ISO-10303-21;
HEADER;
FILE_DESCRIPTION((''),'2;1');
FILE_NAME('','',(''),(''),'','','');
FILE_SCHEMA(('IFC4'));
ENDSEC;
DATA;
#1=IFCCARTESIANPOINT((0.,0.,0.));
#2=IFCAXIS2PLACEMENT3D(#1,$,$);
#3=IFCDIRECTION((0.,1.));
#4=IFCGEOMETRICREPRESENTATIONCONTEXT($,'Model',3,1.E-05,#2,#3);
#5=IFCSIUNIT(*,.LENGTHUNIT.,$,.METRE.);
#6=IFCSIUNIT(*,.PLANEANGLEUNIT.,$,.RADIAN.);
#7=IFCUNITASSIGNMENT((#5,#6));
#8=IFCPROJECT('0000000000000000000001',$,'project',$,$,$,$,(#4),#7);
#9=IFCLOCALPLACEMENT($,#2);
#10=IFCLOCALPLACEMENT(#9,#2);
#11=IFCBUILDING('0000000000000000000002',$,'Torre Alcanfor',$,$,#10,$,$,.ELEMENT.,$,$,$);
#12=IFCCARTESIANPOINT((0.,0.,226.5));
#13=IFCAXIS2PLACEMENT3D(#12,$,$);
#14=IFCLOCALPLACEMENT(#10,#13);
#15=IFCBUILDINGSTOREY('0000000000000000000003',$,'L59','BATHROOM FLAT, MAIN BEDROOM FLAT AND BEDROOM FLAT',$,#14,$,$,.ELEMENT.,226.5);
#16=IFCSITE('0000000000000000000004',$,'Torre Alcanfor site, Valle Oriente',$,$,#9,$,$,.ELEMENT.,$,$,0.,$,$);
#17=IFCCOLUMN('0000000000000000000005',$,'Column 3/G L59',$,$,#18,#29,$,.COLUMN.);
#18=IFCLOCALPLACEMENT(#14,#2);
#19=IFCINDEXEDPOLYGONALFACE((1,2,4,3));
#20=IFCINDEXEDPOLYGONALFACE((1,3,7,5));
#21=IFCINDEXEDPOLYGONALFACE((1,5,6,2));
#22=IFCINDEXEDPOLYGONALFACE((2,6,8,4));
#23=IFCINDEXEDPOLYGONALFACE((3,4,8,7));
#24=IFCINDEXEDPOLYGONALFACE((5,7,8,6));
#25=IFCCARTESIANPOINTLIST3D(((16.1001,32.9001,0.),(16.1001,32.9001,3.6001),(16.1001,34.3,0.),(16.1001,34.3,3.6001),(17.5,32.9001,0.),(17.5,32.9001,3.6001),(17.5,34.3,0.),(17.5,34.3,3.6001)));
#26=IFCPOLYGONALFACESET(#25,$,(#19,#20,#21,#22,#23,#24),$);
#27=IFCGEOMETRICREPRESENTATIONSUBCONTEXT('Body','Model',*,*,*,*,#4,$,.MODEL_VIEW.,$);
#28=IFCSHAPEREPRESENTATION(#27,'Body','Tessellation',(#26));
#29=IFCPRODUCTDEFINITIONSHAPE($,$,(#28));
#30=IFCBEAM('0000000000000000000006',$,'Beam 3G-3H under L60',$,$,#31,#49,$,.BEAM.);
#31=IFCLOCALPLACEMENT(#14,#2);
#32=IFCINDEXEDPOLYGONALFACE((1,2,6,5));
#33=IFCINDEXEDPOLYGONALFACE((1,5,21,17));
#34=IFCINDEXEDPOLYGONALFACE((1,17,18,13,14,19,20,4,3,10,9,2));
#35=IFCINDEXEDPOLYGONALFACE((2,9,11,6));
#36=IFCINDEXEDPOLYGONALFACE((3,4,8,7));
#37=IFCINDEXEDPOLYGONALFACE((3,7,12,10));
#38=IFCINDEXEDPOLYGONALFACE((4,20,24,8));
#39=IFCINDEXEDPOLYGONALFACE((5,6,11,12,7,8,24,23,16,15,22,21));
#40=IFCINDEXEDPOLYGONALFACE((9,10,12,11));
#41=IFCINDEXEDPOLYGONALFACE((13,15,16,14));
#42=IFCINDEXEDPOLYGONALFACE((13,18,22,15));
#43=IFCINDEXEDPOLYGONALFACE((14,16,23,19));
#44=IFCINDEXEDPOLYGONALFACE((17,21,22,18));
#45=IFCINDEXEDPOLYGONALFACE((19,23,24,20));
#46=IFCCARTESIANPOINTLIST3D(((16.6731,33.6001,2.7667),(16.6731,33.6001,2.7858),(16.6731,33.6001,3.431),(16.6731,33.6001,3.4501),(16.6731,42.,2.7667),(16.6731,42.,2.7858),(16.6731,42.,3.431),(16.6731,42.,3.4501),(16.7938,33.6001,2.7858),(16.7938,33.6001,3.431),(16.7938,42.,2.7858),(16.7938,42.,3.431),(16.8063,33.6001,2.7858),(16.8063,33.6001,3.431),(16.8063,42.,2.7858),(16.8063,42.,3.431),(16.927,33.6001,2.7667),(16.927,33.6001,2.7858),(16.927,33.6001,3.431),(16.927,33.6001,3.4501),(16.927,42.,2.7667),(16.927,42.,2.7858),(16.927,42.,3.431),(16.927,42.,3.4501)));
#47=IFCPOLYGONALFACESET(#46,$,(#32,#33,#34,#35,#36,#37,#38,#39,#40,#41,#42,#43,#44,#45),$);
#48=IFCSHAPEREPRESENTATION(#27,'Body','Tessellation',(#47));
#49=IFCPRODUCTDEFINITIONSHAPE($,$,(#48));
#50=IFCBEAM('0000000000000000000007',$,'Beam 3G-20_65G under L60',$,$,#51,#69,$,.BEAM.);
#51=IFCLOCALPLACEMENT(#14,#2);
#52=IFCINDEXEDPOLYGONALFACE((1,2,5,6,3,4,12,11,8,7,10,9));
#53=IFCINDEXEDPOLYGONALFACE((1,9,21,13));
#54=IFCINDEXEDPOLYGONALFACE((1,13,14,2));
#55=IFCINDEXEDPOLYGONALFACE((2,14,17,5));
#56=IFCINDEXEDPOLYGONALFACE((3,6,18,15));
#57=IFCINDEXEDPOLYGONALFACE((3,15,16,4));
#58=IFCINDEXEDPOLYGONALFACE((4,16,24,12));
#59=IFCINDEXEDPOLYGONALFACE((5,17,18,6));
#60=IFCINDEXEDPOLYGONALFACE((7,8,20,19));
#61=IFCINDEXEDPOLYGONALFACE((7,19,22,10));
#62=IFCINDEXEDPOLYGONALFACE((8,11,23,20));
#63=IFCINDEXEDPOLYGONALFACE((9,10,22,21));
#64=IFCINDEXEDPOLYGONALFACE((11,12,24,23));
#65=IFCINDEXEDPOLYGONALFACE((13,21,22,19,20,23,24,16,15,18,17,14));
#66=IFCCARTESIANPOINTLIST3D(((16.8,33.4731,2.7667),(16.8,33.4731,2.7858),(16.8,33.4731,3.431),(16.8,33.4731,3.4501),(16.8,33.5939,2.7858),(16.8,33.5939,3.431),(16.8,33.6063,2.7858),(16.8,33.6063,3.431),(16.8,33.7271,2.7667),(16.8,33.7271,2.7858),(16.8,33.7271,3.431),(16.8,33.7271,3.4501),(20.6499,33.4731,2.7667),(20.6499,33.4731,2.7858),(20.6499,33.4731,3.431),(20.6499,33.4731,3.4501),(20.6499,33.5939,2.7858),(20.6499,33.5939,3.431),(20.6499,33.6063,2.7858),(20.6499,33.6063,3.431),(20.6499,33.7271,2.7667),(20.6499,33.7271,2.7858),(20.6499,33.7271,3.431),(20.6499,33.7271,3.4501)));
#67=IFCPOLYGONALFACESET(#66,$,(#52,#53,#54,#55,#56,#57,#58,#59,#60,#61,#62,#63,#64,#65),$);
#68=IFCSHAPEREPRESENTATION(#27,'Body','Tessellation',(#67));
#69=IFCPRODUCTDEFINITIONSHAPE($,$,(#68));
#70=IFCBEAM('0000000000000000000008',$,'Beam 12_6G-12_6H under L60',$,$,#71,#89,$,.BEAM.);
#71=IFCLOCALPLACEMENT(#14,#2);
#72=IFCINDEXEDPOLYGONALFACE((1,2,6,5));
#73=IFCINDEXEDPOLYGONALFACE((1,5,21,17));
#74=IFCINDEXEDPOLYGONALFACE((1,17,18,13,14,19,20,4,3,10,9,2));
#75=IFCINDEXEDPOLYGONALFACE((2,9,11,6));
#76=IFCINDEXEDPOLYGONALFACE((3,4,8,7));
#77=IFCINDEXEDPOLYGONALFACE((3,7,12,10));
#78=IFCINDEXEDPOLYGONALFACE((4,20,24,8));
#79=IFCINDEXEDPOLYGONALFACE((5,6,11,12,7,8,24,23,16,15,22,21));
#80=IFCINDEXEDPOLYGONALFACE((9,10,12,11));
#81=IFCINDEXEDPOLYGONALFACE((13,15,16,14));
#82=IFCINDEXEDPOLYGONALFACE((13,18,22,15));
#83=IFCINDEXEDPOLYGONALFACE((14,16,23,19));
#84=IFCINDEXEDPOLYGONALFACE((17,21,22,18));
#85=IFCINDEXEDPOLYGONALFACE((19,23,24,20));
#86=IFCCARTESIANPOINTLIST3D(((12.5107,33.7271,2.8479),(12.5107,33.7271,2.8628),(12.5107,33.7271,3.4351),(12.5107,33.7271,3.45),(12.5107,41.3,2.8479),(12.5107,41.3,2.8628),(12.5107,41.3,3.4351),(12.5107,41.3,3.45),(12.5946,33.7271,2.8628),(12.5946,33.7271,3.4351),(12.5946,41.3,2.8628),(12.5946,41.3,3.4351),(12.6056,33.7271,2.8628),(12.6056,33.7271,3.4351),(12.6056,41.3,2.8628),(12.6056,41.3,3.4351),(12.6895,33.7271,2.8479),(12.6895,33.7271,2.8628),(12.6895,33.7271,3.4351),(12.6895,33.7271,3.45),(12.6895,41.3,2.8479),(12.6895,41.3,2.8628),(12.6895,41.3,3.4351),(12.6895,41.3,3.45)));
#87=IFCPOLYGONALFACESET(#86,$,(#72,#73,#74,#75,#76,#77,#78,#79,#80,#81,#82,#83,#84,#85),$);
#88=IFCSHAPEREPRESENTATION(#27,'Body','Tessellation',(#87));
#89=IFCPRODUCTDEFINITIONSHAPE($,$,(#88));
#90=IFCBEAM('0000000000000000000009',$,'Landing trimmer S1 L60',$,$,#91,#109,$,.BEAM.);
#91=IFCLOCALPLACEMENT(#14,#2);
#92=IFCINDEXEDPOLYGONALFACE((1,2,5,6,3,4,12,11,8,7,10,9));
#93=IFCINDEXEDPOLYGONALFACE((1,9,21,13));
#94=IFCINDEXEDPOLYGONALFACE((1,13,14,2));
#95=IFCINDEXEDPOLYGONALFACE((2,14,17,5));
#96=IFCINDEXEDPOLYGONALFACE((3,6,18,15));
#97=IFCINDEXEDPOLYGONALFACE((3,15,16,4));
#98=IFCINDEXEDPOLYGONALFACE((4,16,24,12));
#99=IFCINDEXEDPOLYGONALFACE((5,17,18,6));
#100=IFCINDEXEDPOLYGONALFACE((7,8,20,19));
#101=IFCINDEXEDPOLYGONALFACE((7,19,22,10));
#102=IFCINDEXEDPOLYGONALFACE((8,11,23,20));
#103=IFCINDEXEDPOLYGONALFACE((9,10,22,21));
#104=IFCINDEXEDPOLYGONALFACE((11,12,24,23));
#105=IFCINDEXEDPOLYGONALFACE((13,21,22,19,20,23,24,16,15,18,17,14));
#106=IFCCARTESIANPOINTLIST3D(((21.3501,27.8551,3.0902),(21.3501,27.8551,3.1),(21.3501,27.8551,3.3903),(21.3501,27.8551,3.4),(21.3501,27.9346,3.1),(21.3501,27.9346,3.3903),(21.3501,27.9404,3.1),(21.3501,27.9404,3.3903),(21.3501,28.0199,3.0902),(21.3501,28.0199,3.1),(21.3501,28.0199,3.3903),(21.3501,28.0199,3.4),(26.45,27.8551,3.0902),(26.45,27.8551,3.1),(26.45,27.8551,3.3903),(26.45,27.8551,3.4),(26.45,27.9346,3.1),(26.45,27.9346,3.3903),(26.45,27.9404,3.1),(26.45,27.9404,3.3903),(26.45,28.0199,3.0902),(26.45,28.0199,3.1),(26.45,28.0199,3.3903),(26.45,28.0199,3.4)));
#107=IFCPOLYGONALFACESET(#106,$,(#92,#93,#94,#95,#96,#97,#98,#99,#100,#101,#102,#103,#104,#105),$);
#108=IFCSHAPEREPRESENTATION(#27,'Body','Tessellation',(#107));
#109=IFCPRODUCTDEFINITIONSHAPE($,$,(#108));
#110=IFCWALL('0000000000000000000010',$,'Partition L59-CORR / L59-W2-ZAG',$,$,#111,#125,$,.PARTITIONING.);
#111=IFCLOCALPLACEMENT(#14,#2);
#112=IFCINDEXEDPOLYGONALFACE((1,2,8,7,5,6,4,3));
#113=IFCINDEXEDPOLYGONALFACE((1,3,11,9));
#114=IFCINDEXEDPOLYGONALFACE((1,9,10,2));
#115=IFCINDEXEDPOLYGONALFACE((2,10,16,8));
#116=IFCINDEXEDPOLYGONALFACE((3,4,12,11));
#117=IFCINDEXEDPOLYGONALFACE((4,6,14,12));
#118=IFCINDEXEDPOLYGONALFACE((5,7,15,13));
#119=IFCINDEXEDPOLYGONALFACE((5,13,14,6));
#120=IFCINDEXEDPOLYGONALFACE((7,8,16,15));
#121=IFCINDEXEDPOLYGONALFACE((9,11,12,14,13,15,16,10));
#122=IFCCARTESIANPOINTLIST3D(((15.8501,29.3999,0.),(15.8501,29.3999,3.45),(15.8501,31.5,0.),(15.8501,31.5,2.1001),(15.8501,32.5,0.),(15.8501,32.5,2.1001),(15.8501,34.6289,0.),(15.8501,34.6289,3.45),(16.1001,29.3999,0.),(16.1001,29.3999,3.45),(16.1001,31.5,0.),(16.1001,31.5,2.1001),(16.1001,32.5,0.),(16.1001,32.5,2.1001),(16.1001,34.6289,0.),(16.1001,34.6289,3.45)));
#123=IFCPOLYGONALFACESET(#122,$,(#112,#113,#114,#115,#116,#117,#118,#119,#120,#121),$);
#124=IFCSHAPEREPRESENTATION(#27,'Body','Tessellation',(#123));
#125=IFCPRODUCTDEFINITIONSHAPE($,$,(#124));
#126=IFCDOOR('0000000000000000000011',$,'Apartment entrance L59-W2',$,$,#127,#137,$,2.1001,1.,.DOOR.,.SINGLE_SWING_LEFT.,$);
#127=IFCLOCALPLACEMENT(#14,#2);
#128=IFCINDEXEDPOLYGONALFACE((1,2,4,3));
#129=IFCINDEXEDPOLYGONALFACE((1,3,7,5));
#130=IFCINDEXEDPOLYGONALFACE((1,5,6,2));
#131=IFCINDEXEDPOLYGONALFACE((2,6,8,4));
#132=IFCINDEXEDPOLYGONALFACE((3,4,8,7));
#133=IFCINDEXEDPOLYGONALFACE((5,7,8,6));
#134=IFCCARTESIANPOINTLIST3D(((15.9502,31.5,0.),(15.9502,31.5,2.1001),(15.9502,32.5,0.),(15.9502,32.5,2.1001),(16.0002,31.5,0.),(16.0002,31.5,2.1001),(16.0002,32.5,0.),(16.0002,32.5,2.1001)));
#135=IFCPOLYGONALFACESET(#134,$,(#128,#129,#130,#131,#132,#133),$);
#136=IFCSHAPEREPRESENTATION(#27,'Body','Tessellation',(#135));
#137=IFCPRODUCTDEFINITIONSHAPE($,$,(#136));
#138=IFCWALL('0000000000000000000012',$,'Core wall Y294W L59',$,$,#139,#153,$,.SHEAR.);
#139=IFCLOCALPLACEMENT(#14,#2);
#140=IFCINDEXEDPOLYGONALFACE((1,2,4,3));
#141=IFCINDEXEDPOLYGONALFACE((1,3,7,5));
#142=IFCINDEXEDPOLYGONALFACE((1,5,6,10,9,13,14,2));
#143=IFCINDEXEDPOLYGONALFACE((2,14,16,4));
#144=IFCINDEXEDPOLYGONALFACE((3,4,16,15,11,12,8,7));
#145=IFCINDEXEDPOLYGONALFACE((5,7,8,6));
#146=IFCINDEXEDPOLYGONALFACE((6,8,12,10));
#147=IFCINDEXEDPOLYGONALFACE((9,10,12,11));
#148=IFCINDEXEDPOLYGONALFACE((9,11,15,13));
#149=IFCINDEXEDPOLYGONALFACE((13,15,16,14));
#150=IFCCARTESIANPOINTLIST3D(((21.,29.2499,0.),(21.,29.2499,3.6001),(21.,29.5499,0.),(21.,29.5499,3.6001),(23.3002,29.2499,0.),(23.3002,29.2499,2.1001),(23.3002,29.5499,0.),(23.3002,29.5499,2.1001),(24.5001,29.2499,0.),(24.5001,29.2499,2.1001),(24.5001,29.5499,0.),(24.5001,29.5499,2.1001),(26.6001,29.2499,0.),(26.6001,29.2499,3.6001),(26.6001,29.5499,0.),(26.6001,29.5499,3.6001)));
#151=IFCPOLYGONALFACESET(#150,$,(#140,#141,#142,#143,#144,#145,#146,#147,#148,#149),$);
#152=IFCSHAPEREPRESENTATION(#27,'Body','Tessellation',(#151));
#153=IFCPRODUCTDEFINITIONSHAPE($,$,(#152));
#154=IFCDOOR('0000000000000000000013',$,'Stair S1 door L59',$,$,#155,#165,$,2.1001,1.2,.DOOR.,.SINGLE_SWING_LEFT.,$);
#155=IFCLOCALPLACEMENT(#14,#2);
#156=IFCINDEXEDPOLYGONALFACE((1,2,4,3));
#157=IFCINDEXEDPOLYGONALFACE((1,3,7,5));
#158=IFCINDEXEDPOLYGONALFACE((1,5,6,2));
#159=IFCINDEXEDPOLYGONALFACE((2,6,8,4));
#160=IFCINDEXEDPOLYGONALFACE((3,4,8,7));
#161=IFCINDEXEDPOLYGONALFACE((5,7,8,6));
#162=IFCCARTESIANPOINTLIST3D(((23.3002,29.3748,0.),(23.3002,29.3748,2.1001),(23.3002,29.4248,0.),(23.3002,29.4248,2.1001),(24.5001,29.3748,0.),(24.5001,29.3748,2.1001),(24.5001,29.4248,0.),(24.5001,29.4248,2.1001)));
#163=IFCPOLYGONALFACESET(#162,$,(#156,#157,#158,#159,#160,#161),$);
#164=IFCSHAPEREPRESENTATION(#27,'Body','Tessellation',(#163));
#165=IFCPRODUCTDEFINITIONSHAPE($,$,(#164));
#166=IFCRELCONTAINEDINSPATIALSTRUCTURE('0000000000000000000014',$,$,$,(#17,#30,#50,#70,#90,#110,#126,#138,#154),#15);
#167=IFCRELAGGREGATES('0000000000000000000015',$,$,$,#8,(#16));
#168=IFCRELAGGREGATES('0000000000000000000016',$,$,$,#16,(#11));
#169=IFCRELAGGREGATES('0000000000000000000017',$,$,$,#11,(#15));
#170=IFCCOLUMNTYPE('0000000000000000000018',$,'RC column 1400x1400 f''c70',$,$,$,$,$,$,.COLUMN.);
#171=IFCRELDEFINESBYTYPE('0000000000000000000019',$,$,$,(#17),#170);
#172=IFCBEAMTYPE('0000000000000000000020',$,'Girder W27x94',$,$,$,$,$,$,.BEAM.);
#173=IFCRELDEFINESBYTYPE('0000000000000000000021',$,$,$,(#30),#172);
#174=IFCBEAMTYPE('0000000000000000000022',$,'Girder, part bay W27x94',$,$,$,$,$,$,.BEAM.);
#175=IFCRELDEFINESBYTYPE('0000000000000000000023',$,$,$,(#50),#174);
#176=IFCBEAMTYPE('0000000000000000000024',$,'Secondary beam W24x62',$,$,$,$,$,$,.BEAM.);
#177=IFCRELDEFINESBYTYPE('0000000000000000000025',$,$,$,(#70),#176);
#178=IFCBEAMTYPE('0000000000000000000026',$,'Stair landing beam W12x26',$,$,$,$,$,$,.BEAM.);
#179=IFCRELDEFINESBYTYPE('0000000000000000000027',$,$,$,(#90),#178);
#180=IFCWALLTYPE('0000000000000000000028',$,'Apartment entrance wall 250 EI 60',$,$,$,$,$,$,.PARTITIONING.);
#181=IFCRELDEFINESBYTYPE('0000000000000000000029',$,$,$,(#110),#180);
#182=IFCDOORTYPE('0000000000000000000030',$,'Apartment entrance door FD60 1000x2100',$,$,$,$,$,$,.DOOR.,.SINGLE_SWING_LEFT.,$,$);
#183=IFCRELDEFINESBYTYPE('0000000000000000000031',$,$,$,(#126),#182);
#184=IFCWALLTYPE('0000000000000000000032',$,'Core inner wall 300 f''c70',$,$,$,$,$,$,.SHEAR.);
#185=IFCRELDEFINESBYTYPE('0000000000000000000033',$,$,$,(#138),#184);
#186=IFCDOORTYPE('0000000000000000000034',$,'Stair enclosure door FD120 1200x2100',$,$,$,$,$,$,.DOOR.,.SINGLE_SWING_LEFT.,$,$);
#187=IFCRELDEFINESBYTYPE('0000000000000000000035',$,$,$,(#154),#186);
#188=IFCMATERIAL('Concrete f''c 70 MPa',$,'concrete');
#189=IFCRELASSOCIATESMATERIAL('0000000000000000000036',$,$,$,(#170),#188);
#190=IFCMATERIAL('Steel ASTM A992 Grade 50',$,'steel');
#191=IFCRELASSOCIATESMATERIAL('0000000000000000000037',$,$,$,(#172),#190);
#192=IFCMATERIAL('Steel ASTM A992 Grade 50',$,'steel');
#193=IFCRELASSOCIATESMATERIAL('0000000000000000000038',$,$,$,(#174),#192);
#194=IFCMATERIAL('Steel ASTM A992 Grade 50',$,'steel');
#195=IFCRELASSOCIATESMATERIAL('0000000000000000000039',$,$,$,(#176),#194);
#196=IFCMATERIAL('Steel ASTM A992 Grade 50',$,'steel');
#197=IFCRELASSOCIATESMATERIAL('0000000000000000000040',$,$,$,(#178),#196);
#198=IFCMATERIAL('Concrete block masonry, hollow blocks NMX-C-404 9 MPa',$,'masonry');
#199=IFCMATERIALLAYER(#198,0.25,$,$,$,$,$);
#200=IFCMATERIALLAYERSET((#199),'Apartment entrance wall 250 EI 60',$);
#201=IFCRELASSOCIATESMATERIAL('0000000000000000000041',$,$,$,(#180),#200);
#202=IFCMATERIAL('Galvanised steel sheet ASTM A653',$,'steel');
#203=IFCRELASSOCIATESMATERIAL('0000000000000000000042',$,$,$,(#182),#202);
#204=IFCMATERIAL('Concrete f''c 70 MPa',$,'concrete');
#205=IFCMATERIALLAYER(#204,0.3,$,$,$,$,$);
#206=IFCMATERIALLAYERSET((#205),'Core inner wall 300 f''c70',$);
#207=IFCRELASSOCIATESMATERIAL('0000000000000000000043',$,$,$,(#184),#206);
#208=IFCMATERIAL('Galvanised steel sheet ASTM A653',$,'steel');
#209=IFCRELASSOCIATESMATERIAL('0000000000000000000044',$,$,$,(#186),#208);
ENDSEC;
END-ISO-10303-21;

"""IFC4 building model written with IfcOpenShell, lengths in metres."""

from ifc_helpers import new_model, si_unit, direction, frame, frame_2d, origin, origin_2d, place, context, subcontext, project, spatial, rectangle, i_section, extrude, material, layer, layer_set, material_profile, profile_set, type_object, element, fill, save


model = new_model("IFC4")

# Units and contexts
model_context = context("Model", 3, precision=1e-05, world=origin(), true_north=direction((0.0, 1.0)))
body_context = subcontext(model_context, "Body", "Model", "MODEL_VIEW")
ifc_project = project(units=[si_unit("LENGTHUNIT", "METRE"), si_unit("PLANEANGLEUNIT", "RADIAN")], contexts=[model_context])

# Site, building, storey
site_placement = place(None, origin())
site = spatial("IfcSite", under=ifc_project, at=site_placement, Name="Torre Alcanfor site, Valle Oriente", CompositionType="ELEMENT", RefElevation=0.0)
building_placement = place(site_placement, origin())
building = spatial("IfcBuilding", under=site, at=building_placement, Name="Torre Alcanfor", CompositionType="ELEMENT")
storey_placement = place(building_placement, frame((0.0, 0.0, 226.5)))
storey = spatial("IfcBuildingStorey", under=building, at=storey_placement, Name="L59", Description="BATHROOM FLAT, MAIN BEDROOM FLAT AND BEDROOM FLAT", CompositionType="ELEMENT", Elevation=226.5)

# Column
ifc_material_1 = material(Name="Concrete f'c 70 MPa", Category="concrete")
ifc_material_profile_1 = material_profile(ifc_material_1, rectangle(XDim=1.3999, YDim=1.3999, at=origin_2d()), Name="1400x1400")
ifc_profile_set_1 = profile_set([ifc_material_profile_1], Name="Concrete f'c 70 MPa")
column_type = type_object("IfcColumnType", Name="RC column 1400x1400 f'c70", PredefinedType="COLUMN", material=ifc_profile_set_1)
column_placement = place(storey_placement, frame((16.8, 33.6001, 0.0), z_axis=(0.0, 0.0, 1.0), x_axis=(1.0, 0.0, 0.0)))
element("IfcColumn", 1, at=column_placement, inside=storey, type_object=column_type, Name="Column 3/G L59", PredefinedType="COLUMN", context=body_context, shape_type="SweptSolid", body=[
    extrude(rectangle(XDim=1.3999, YDim=1.3999, at=origin_2d()), origin(), (0.0, 0.0, 1.0), 3.6001),
])

# Beams
ifc_material_2 = material(Name="Steel ASTM A992 Grade 50", Category="steel")
ifc_material_profile_2 = material_profile(ifc_material_2, i_section(OverallWidth=0.2539, OverallDepth=0.6833, WebThickness=0.0125, FlangeThickness=0.019, at=origin_2d()), Name="W27x94")
ifc_profile_set_2 = profile_set([ifc_material_profile_2], Name="Steel ASTM A992 Grade 50")
beam_type_1 = type_object("IfcBeamType", Name="Girder W27x94", PredefinedType="BEAM", material=ifc_profile_set_2)
beam_1_placement = place(storey_placement, frame((16.8, 33.6001, 3.1084), z_axis=(0.0, 1.0, 0.0), x_axis=(-1.0, 0.0, 0.0)))
element("IfcBeam", 2, at=beam_1_placement, inside=storey, type_object=beam_type_1, Name="Beam 3G-3H under L60", PredefinedType="BEAM", context=body_context, shape_type="SweptSolid", body=[
    extrude(i_section(OverallWidth=0.2539, OverallDepth=0.6833, WebThickness=0.0125, FlangeThickness=0.019, at=origin_2d()), origin(), (0.0, 0.0, 1.0), 8.3999),
])
ifc_material_3 = material(Name="Steel ASTM A992 Grade 50", Category="steel")
ifc_material_profile_3 = material_profile(ifc_material_3, i_section(OverallWidth=0.2539, OverallDepth=0.6833, WebThickness=0.0125, FlangeThickness=0.019, at=origin_2d()), Name="W27x94")
ifc_profile_set_3 = profile_set([ifc_material_profile_3], Name="Steel ASTM A992 Grade 50")
beam_type_2 = type_object("IfcBeamType", Name="Girder, part bay W27x94", PredefinedType="BEAM", material=ifc_profile_set_3)
beam_2_placement = place(storey_placement, frame((16.8, 33.6001, 3.1084), z_axis=(1.0, 0.0, 0.0), x_axis=(0.0, 1.0, 0.0)))
element("IfcBeam", 3, at=beam_2_placement, inside=storey, type_object=beam_type_2, Name="Beam 3G-20_65G under L60", PredefinedType="BEAM", context=body_context, shape_type="SweptSolid", body=[
    extrude(i_section(OverallWidth=0.2539, OverallDepth=0.6833, WebThickness=0.0125, FlangeThickness=0.019, at=origin_2d()), origin(), (0.0, 0.0, 1.0), 3.8499),
])
ifc_material_4 = material(Name="Steel ASTM A992 Grade 50", Category="steel")
ifc_material_profile_4 = material_profile(ifc_material_4, i_section(OverallWidth=0.1787, OverallDepth=0.6021, WebThickness=0.011, FlangeThickness=0.0149, at=origin_2d()), Name="W24x62")
ifc_profile_set_4 = profile_set([ifc_material_profile_4], Name="Steel ASTM A992 Grade 50")
beam_type_3 = type_object("IfcBeamType", Name="Secondary beam W24x62", PredefinedType="BEAM", material=ifc_profile_set_4)
beam_3_placement = place(storey_placement, frame((12.6001, 33.7271, 3.1489), z_axis=(0.0, 1.0, 0.0), x_axis=(-1.0, 0.0, 0.0)))
element("IfcBeam", 4, at=beam_3_placement, inside=storey, type_object=beam_type_3, Name="Beam 12_6G-12_6H under L60", PredefinedType="BEAM", context=body_context, shape_type="SweptSolid", body=[
    extrude(i_section(OverallWidth=0.1787, OverallDepth=0.6021, WebThickness=0.011, FlangeThickness=0.0149, at=origin_2d()), origin(), (0.0, 0.0, 1.0), 7.573),
])
ifc_material_5 = material(Name="Steel ASTM A992 Grade 50", Category="steel")
ifc_material_profile_5 = material_profile(ifc_material_5, i_section(OverallWidth=0.1648, OverallDepth=0.3098, WebThickness=0.0059, FlangeThickness=0.0098, at=origin_2d()), Name="W12x26")
ifc_profile_set_5 = profile_set([ifc_material_profile_5], Name="Steel ASTM A992 Grade 50")
beam_type_4 = type_object("IfcBeamType", Name="Stair landing beam W12x26", PredefinedType="BEAM", material=ifc_profile_set_5)
beam_4_placement = place(storey_placement, frame((21.3501, 27.9375, 3.2451), z_axis=(1.0, 0.0, 0.0), x_axis=(0.0, 1.0, 0.0)))
element("IfcBeam", 5, at=beam_4_placement, inside=storey, type_object=beam_type_4, Name="Landing trimmer S1 L60", PredefinedType="BEAM", context=body_context, shape_type="SweptSolid", body=[
    extrude(i_section(OverallWidth=0.1648, OverallDepth=0.3098, WebThickness=0.0059, FlangeThickness=0.0098, at=origin_2d()), origin(), (0.0, 0.0, 1.0), 5.0999),
])

# Walls, openings, doors
ifc_material_6 = material(Name="Concrete block masonry, hollow blocks NMX-C-404 9 MPa", Category="masonry")
ifc_layer_1 = layer(ifc_material_6, 0.25)
ifc_layer_set_1 = layer_set([ifc_layer_1], Name="Apartment entrance wall 250 EI 60")
wall_type_1 = type_object("IfcWallType", Name="Apartment entrance wall 250 EI 60", PredefinedType="PARTITIONING", material=ifc_layer_set_1)
wall_1_placement = place(storey_placement, frame((15.9751, 29.3999, 0.0), z_axis=(0.0, 0.0, 1.0), x_axis=(0.0, 1.0, 0.0)))
wall_1 = element("IfcWall", 6, at=wall_1_placement, inside=storey, type_object=wall_type_1, Name="Partition L59-CORR / L59-W2-ZAG", PredefinedType="PARTITIONING", context=body_context, shape_type="SweptSolid", body=[
    extrude(rectangle(XDim=5.229, YDim=0.25, at=frame_2d((2.6145, 0.0))), origin(), (0.0, 0.0, 1.0), 3.45),
])
opening_1_placement = place(wall_1_placement, frame((2.1001, 0.0, 0.0)))
opening_1 = element("IfcOpeningElement", 7, at=opening_1_placement, cuts=wall_1, PredefinedType="OPENING", context=body_context, shape_type="SweptSolid", body=[
    extrude(rectangle(XDim=1.0, YDim=2.1001, at=frame_2d((0.5, 1.05))), frame((0.0, 0.135, 0.0), z_axis=(0.0, -1.0, 0.0), x_axis=(1.0, 0.0, 0.0)), (0.0, 0.0, 1.0), 0.27),
])
ifc_material_7 = material(Name="Galvanised steel sheet ASTM A653", Category="steel")
door_type_1 = type_object("IfcDoorType", Name="Apartment entrance door FD60 1000x2100", OperationType="SINGLE_SWING_LEFT", PredefinedType="DOOR", material=ifc_material_7)
door_1_placement = place(opening_1_placement, origin())
door_1 = element("IfcDoor", 8, at=door_1_placement, inside=storey, type_object=door_type_1, Name="Apartment entrance L59-W2", OperationType="SINGLE_SWING_LEFT", OverallHeight=2.1001, OverallWidth=1.0, PredefinedType="DOOR", context=body_context, shape_type="SweptSolid", body=[
    extrude(rectangle(XDim=1.0, YDim=2.1001, at=frame_2d((0.5, 1.05))), frame((0.0, 0.0249, 0.0), z_axis=(0.0, -1.0, 0.0), x_axis=(1.0, 0.0, 0.0)), (0.0, 0.0, 1.0), 0.05),
])
fill(opening_1, door_1)
ifc_material_8 = material(Name="Concrete f'c 70 MPa", Category="concrete")
ifc_layer_2 = layer(ifc_material_8, 0.3)
ifc_layer_set_2 = layer_set([ifc_layer_2], Name="Core inner wall 300 f'c70")
wall_type_2 = type_object("IfcWallType", Name="Core inner wall 300 f'c70", PredefinedType="SHEAR", material=ifc_layer_set_2)
wall_2_placement = place(storey_placement, frame((21.0, 29.3999, 0.0), z_axis=(0.0, 0.0, 1.0), x_axis=(1.0, 0.0, 0.0)))
wall_2 = element("IfcWall", 9, at=wall_2_placement, inside=storey, type_object=wall_type_2, Name="Core wall Y294W L59", PredefinedType="SHEAR", context=body_context, shape_type="SweptSolid", body=[
    extrude(rectangle(XDim=5.6001, YDim=0.3, at=frame_2d((2.8, 0.0))), origin(), (0.0, 0.0, 1.0), 3.6001),
])
opening_2_placement = place(wall_2_placement, frame((2.3, 0.0, 0.0)))
opening_2 = element("IfcOpeningElement", 10, at=opening_2_placement, cuts=wall_2, PredefinedType="OPENING", context=body_context, shape_type="SweptSolid", body=[
    extrude(rectangle(XDim=1.2, YDim=2.1001, at=frame_2d((0.6001, 1.05))), frame((0.0, 0.1599, 0.0), z_axis=(0.0, -1.0, 0.0), x_axis=(1.0, 0.0, 0.0)), (0.0, 0.0, 1.0), 0.3201),
])
ifc_material_9 = material(Name="Galvanised steel sheet ASTM A653", Category="steel")
door_type_2 = type_object("IfcDoorType", Name="Stair enclosure door FD120 1200x2100", OperationType="SINGLE_SWING_LEFT", PredefinedType="DOOR", material=ifc_material_9)
door_2_placement = place(opening_2_placement, frame((1.2, 0.0, 0.0), z_axis=(0.0, 0.0, 1.0), x_axis=(-1.0, 0.0, 0.0)))
door_2 = element("IfcDoor", 11, at=door_2_placement, inside=storey, type_object=door_type_2, Name="Stair S1 door L59", OperationType="SINGLE_SWING_LEFT", OverallHeight=2.1001, OverallWidth=1.2, PredefinedType="DOOR", context=body_context, shape_type="SweptSolid", body=[
    extrude(rectangle(XDim=1.2, YDim=2.1001, at=frame_2d((0.5999, 1.05))), frame((0.0, 0.0251, 0.0), z_axis=(0.0, -1.0, 0.0), x_axis=(1.0, 0.0, 0.0)), (0.0, 0.0, 1.0), 0.05),
])
fill(opening_2, door_2)

save(model, "model.ifc")
